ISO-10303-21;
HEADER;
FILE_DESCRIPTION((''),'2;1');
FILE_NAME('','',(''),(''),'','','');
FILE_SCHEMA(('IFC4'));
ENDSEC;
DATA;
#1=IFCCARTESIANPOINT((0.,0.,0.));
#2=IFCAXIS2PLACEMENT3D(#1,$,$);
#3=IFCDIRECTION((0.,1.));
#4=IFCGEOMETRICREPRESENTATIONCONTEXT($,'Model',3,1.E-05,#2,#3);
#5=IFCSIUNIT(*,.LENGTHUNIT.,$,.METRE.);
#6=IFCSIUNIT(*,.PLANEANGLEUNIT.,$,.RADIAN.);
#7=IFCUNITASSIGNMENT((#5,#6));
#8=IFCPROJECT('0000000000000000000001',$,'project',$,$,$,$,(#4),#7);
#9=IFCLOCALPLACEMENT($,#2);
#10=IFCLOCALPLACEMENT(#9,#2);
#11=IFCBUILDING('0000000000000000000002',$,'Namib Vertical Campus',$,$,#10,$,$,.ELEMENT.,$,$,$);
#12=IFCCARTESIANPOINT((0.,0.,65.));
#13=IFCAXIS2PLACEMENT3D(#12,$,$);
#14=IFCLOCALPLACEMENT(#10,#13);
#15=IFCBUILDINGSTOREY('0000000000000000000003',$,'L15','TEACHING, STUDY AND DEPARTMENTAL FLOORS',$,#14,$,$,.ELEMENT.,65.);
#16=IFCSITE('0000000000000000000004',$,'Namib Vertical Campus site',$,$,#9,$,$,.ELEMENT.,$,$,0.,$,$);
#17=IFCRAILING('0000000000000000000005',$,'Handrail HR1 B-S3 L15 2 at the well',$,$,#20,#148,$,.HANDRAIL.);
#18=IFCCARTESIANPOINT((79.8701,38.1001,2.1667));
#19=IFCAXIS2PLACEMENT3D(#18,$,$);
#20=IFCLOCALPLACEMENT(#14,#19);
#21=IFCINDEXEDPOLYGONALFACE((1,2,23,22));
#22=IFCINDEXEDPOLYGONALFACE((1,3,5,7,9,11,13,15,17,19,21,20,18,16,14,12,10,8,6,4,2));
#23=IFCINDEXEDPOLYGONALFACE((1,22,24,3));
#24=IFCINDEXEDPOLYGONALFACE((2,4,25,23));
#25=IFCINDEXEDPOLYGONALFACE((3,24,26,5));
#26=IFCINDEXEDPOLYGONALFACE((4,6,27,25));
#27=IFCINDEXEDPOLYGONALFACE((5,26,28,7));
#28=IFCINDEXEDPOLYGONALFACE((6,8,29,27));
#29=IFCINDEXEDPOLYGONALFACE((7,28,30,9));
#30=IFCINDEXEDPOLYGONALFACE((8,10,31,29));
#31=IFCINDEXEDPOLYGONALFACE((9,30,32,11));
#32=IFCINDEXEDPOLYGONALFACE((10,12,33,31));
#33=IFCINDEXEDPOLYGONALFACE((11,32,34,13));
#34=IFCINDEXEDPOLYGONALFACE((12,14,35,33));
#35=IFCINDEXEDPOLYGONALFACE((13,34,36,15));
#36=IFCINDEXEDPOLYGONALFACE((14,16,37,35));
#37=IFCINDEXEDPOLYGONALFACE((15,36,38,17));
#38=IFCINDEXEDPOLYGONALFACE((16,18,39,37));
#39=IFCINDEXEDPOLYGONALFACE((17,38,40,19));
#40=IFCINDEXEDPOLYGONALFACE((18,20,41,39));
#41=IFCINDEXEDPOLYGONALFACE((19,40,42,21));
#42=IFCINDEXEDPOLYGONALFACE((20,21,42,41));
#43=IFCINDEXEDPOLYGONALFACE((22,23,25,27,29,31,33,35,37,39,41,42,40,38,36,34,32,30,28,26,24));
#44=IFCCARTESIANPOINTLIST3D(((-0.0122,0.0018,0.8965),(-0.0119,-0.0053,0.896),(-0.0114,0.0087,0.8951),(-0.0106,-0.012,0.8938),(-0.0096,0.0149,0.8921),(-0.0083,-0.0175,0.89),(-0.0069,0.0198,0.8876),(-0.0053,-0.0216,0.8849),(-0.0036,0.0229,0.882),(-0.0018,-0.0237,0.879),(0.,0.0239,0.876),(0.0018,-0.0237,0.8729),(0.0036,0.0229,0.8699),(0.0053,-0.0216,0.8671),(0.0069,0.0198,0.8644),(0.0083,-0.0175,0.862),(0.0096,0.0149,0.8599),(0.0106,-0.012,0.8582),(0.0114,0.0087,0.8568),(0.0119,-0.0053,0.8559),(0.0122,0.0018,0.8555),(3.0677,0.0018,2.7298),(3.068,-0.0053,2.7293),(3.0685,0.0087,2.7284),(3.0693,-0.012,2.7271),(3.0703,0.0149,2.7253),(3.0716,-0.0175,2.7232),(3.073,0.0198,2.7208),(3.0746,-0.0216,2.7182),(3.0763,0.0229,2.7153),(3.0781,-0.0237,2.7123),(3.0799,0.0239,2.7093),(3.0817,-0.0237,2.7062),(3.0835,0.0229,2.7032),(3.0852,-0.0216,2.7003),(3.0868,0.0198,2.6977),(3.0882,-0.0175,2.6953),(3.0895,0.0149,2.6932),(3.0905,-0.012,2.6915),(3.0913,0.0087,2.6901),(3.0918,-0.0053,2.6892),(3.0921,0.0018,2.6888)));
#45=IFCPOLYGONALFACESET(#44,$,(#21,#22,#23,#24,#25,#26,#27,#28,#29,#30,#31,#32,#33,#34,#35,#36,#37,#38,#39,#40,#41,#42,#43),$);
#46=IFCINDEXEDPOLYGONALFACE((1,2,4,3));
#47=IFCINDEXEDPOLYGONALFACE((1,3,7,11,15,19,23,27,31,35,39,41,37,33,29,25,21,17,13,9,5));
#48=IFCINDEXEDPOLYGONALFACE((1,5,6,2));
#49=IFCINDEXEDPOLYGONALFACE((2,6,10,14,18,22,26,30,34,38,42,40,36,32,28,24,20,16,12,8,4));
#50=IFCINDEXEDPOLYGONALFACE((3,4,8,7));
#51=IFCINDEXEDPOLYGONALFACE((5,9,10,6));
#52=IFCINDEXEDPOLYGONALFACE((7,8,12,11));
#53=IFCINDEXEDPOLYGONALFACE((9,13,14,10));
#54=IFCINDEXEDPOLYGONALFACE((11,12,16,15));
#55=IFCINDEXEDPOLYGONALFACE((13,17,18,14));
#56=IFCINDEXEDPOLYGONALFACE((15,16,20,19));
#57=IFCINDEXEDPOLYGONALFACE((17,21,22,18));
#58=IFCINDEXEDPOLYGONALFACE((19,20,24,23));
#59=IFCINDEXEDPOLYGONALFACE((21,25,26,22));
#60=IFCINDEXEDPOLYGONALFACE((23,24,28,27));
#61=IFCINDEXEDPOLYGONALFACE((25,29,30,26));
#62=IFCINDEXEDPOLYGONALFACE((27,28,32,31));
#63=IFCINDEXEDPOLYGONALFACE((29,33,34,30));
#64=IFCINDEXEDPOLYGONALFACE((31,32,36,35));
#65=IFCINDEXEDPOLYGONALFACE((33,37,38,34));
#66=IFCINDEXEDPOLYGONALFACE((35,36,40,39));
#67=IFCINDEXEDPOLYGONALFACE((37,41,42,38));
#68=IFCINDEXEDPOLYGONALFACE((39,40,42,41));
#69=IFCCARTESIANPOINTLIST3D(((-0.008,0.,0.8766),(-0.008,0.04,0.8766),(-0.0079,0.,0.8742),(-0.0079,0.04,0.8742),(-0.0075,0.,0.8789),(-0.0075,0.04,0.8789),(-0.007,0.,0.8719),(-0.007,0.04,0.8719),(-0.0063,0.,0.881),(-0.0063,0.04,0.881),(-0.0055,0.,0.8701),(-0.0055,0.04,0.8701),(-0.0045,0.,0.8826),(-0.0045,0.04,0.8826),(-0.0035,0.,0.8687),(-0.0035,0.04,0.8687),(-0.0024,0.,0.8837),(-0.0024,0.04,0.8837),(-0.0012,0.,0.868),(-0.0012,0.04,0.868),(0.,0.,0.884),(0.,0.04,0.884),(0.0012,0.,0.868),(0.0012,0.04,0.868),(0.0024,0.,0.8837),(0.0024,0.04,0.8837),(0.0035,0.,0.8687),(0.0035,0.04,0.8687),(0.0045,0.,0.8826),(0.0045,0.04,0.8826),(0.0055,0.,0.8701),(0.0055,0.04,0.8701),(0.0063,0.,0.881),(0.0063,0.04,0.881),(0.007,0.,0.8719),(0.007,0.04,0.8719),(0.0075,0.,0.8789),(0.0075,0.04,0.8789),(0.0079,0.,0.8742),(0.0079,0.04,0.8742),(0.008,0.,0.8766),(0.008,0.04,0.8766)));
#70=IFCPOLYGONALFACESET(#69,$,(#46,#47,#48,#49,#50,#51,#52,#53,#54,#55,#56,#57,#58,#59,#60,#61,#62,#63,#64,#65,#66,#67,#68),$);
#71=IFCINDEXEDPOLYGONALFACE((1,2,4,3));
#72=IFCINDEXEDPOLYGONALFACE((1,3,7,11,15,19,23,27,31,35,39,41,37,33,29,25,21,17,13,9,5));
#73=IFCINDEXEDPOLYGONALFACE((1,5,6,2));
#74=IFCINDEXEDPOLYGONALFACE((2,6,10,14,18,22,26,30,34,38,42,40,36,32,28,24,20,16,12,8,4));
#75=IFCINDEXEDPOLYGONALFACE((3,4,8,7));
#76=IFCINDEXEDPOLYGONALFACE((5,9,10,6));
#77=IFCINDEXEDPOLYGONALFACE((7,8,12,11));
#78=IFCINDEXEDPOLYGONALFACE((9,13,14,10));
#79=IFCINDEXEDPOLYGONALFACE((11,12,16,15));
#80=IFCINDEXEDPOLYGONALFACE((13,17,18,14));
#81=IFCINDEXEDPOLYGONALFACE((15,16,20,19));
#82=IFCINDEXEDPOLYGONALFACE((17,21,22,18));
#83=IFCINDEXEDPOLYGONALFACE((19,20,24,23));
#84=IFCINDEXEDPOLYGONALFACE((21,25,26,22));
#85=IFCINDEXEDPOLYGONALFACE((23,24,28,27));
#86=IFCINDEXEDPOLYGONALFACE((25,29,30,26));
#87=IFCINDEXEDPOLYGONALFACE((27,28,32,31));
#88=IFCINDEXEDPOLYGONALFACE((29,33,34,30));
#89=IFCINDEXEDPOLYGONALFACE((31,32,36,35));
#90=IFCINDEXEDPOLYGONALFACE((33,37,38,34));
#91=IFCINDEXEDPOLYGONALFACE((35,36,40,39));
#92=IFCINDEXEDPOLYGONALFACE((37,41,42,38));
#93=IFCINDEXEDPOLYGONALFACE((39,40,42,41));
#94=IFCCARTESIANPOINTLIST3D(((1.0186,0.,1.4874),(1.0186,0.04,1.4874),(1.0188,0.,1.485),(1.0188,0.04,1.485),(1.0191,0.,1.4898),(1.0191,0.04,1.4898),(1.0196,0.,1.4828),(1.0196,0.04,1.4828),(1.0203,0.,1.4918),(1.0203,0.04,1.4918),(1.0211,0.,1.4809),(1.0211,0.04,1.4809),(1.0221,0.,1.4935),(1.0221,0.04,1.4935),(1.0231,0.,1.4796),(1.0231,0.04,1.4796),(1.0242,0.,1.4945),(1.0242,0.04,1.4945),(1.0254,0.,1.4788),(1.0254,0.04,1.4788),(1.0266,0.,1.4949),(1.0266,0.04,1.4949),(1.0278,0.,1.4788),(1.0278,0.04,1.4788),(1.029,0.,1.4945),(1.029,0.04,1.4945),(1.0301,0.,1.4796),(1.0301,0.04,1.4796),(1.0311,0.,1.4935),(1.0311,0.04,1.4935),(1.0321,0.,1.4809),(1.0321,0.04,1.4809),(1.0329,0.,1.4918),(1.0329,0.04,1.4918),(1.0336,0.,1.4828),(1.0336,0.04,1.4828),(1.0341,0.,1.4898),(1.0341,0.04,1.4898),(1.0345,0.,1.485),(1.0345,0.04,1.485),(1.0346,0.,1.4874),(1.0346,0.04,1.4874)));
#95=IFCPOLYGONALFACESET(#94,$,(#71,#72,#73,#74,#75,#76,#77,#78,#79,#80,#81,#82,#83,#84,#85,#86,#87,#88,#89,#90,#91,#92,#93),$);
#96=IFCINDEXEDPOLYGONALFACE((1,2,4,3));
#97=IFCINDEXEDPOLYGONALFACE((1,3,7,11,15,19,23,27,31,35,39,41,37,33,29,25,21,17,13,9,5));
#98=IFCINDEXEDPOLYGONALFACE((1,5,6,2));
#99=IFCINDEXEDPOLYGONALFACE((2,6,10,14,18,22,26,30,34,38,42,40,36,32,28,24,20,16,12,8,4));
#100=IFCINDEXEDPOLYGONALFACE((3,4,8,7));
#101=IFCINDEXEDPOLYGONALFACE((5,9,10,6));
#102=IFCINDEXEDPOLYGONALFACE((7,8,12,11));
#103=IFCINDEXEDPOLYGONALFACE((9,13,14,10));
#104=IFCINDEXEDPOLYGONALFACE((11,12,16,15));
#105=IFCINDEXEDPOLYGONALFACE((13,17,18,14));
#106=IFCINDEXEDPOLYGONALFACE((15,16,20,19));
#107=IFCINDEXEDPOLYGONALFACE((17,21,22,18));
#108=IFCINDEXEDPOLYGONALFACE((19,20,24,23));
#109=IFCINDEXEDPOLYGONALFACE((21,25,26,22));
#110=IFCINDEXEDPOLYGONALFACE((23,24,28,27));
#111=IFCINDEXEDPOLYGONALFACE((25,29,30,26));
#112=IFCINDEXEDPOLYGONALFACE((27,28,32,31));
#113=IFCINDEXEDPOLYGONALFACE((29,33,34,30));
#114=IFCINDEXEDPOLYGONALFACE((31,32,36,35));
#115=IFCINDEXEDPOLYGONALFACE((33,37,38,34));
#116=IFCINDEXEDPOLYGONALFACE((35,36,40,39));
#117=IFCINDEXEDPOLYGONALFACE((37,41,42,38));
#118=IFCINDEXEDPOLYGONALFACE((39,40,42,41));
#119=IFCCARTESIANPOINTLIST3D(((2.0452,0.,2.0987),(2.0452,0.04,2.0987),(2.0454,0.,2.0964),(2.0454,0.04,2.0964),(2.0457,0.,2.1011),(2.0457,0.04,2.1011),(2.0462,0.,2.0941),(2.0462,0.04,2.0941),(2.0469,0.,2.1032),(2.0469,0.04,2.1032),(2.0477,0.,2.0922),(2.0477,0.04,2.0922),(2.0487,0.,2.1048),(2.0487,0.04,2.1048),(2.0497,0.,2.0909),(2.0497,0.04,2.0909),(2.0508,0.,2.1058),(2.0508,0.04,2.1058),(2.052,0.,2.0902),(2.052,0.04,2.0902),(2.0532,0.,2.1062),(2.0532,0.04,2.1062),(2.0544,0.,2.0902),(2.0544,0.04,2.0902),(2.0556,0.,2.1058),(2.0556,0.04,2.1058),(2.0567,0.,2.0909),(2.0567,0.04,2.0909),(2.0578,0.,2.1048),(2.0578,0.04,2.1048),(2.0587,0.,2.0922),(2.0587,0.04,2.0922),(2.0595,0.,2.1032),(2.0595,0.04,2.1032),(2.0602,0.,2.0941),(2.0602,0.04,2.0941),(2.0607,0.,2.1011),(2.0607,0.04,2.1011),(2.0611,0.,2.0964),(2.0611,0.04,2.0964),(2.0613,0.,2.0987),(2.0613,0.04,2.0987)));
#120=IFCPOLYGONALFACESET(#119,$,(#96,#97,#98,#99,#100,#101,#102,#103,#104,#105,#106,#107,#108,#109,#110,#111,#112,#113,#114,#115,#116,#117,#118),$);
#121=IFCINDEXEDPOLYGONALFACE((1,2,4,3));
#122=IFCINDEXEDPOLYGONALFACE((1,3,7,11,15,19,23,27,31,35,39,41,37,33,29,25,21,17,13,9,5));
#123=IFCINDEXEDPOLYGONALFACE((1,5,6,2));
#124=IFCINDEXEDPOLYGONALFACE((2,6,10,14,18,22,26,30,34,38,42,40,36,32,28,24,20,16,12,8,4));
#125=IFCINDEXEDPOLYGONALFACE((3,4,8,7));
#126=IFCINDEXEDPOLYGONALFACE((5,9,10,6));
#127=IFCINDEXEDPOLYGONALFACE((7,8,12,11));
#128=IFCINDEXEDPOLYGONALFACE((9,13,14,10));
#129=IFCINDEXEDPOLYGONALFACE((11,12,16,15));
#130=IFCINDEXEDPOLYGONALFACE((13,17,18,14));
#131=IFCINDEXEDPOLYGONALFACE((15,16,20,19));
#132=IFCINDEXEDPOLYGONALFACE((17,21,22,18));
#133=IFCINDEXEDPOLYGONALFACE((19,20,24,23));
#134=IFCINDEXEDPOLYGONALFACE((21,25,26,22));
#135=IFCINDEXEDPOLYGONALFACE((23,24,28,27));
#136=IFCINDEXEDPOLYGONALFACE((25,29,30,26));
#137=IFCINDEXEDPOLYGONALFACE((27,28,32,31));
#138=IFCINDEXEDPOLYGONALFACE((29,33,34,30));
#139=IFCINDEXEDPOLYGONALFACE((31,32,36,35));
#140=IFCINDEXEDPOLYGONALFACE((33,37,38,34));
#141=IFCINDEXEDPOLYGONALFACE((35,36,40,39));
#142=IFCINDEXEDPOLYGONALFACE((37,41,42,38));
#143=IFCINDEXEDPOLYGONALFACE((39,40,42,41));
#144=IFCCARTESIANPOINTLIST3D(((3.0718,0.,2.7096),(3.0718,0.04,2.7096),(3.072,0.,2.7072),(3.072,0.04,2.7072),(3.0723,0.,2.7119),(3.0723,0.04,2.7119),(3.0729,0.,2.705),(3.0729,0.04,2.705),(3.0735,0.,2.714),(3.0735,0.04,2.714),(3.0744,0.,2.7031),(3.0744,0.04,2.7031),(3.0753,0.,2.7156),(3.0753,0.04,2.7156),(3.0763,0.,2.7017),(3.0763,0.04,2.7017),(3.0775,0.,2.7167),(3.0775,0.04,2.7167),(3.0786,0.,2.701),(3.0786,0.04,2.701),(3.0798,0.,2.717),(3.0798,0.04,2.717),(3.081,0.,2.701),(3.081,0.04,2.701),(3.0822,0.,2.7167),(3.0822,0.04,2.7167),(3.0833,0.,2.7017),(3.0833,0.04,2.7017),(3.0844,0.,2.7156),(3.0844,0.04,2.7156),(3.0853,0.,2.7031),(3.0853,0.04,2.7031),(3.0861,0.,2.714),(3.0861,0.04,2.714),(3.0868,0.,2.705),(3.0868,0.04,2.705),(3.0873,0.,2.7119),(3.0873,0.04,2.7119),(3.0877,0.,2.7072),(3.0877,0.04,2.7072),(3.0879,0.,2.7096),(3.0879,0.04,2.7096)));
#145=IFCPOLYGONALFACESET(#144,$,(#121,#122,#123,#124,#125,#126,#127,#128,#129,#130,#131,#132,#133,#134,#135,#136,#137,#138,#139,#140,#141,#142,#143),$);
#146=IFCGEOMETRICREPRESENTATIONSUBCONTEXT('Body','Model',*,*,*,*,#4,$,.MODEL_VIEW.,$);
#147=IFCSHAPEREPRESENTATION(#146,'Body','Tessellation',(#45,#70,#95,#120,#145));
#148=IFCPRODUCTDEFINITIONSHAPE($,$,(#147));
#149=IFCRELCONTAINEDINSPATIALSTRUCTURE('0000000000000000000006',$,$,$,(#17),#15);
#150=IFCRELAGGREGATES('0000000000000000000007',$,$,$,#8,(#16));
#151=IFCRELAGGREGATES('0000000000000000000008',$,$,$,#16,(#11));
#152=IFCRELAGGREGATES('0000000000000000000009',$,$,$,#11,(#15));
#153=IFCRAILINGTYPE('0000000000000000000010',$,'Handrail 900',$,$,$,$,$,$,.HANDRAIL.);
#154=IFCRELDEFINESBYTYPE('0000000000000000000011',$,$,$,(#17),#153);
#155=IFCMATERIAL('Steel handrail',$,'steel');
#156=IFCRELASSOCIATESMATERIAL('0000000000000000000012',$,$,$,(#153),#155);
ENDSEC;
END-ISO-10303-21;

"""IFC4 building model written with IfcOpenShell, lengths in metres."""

from ifc_helpers import new_model, si_unit, direction, frame, origin, origin_2d, place, context, subcontext, project, spatial, circle, extrude, material, type_object, element, save


model = new_model("IFC4")

# Units and contexts
model_context = context("Model", 3, precision=1e-05, world=origin(), true_north=direction((0.0, 1.0)))
body_context = subcontext(model_context, "Body", "Model", "MODEL_VIEW")
ifc_project = project(units=[si_unit("LENGTHUNIT", "METRE"), si_unit("PLANEANGLEUNIT", "RADIAN")], contexts=[model_context])

# Site, building, storey
site_placement = place(None, origin())
site = spatial("IfcSite", under=ifc_project, at=site_placement, Name="Namib Vertical Campus site", CompositionType="ELEMENT", RefElevation=0.0)
building_placement = place(site_placement, origin())
building = spatial("IfcBuilding", under=site, at=building_placement, Name="Namib Vertical Campus", CompositionType="ELEMENT")
storey_placement = place(building_placement, frame((0.0, 0.0, 65.0)))
storey = spatial("IfcBuildingStorey", under=building, at=storey_placement, Name="L15", Description="TEACHING, STUDY AND DEPARTMENTAL FLOORS", CompositionType="ELEMENT", Elevation=65.0)

# Railing
ifc_material_1 = material(Name="Steel handrail", Category="steel")
railing_type_1 = type_object("IfcRailingType", Name="Handrail 900", PredefinedType="HANDRAIL", material=ifc_material_1)
railing_1_placement = place(storey_placement, frame((79.8701, 38.1001, 2.1667)))
element("IfcRailing", 1, at=railing_1_placement, inside=storey, type_object=railing_type_1, Name="Handrail HR1 B-S3 L15 2 at the well", PredefinedType="HANDRAIL", context=body_context, shape_type="SweptSolid", body=[
    extrude(circle(Radius=0.0239, at=origin_2d()), frame((0.0, 0.0, 0.876), z_axis=(0.859291, 0.0, 0.511487), x_axis=(0.0, 1.0, 0.0)), (0.0, 0.0, 1.0), 3.5842),
    extrude(circle(Radius=0.0081, at=origin_2d()), frame((0.0, 0.0, 0.876), z_axis=(0.0, 1.0, 0.0), x_axis=(0.0, 0.0, 1.0)), (0.0, 0.0, 1.0), 0.04),
    extrude(circle(Radius=0.0081, at=origin_2d()), frame((1.0266, 0.0, 1.4868), z_axis=(0.0, 1.0, 0.0), x_axis=(0.0, 0.0, 1.0)), (0.0, 0.0, 1.0), 0.04),
    extrude(circle(Radius=0.0081, at=origin_2d()), frame((2.0532, 0.0, 2.0981), z_axis=(0.0, 1.0, 0.0), x_axis=(0.0, 0.0, 1.0)), (0.0, 0.0, 1.0), 0.04),
    extrude(circle(Radius=0.0081, at=origin_2d()), frame((3.0798, 0.0, 2.709), z_axis=(0.0, 1.0, 0.0), x_axis=(0.0, 0.0, 1.0)), (0.0, 0.0, 1.0), 0.04),
])

save(model, "model.ifc")
